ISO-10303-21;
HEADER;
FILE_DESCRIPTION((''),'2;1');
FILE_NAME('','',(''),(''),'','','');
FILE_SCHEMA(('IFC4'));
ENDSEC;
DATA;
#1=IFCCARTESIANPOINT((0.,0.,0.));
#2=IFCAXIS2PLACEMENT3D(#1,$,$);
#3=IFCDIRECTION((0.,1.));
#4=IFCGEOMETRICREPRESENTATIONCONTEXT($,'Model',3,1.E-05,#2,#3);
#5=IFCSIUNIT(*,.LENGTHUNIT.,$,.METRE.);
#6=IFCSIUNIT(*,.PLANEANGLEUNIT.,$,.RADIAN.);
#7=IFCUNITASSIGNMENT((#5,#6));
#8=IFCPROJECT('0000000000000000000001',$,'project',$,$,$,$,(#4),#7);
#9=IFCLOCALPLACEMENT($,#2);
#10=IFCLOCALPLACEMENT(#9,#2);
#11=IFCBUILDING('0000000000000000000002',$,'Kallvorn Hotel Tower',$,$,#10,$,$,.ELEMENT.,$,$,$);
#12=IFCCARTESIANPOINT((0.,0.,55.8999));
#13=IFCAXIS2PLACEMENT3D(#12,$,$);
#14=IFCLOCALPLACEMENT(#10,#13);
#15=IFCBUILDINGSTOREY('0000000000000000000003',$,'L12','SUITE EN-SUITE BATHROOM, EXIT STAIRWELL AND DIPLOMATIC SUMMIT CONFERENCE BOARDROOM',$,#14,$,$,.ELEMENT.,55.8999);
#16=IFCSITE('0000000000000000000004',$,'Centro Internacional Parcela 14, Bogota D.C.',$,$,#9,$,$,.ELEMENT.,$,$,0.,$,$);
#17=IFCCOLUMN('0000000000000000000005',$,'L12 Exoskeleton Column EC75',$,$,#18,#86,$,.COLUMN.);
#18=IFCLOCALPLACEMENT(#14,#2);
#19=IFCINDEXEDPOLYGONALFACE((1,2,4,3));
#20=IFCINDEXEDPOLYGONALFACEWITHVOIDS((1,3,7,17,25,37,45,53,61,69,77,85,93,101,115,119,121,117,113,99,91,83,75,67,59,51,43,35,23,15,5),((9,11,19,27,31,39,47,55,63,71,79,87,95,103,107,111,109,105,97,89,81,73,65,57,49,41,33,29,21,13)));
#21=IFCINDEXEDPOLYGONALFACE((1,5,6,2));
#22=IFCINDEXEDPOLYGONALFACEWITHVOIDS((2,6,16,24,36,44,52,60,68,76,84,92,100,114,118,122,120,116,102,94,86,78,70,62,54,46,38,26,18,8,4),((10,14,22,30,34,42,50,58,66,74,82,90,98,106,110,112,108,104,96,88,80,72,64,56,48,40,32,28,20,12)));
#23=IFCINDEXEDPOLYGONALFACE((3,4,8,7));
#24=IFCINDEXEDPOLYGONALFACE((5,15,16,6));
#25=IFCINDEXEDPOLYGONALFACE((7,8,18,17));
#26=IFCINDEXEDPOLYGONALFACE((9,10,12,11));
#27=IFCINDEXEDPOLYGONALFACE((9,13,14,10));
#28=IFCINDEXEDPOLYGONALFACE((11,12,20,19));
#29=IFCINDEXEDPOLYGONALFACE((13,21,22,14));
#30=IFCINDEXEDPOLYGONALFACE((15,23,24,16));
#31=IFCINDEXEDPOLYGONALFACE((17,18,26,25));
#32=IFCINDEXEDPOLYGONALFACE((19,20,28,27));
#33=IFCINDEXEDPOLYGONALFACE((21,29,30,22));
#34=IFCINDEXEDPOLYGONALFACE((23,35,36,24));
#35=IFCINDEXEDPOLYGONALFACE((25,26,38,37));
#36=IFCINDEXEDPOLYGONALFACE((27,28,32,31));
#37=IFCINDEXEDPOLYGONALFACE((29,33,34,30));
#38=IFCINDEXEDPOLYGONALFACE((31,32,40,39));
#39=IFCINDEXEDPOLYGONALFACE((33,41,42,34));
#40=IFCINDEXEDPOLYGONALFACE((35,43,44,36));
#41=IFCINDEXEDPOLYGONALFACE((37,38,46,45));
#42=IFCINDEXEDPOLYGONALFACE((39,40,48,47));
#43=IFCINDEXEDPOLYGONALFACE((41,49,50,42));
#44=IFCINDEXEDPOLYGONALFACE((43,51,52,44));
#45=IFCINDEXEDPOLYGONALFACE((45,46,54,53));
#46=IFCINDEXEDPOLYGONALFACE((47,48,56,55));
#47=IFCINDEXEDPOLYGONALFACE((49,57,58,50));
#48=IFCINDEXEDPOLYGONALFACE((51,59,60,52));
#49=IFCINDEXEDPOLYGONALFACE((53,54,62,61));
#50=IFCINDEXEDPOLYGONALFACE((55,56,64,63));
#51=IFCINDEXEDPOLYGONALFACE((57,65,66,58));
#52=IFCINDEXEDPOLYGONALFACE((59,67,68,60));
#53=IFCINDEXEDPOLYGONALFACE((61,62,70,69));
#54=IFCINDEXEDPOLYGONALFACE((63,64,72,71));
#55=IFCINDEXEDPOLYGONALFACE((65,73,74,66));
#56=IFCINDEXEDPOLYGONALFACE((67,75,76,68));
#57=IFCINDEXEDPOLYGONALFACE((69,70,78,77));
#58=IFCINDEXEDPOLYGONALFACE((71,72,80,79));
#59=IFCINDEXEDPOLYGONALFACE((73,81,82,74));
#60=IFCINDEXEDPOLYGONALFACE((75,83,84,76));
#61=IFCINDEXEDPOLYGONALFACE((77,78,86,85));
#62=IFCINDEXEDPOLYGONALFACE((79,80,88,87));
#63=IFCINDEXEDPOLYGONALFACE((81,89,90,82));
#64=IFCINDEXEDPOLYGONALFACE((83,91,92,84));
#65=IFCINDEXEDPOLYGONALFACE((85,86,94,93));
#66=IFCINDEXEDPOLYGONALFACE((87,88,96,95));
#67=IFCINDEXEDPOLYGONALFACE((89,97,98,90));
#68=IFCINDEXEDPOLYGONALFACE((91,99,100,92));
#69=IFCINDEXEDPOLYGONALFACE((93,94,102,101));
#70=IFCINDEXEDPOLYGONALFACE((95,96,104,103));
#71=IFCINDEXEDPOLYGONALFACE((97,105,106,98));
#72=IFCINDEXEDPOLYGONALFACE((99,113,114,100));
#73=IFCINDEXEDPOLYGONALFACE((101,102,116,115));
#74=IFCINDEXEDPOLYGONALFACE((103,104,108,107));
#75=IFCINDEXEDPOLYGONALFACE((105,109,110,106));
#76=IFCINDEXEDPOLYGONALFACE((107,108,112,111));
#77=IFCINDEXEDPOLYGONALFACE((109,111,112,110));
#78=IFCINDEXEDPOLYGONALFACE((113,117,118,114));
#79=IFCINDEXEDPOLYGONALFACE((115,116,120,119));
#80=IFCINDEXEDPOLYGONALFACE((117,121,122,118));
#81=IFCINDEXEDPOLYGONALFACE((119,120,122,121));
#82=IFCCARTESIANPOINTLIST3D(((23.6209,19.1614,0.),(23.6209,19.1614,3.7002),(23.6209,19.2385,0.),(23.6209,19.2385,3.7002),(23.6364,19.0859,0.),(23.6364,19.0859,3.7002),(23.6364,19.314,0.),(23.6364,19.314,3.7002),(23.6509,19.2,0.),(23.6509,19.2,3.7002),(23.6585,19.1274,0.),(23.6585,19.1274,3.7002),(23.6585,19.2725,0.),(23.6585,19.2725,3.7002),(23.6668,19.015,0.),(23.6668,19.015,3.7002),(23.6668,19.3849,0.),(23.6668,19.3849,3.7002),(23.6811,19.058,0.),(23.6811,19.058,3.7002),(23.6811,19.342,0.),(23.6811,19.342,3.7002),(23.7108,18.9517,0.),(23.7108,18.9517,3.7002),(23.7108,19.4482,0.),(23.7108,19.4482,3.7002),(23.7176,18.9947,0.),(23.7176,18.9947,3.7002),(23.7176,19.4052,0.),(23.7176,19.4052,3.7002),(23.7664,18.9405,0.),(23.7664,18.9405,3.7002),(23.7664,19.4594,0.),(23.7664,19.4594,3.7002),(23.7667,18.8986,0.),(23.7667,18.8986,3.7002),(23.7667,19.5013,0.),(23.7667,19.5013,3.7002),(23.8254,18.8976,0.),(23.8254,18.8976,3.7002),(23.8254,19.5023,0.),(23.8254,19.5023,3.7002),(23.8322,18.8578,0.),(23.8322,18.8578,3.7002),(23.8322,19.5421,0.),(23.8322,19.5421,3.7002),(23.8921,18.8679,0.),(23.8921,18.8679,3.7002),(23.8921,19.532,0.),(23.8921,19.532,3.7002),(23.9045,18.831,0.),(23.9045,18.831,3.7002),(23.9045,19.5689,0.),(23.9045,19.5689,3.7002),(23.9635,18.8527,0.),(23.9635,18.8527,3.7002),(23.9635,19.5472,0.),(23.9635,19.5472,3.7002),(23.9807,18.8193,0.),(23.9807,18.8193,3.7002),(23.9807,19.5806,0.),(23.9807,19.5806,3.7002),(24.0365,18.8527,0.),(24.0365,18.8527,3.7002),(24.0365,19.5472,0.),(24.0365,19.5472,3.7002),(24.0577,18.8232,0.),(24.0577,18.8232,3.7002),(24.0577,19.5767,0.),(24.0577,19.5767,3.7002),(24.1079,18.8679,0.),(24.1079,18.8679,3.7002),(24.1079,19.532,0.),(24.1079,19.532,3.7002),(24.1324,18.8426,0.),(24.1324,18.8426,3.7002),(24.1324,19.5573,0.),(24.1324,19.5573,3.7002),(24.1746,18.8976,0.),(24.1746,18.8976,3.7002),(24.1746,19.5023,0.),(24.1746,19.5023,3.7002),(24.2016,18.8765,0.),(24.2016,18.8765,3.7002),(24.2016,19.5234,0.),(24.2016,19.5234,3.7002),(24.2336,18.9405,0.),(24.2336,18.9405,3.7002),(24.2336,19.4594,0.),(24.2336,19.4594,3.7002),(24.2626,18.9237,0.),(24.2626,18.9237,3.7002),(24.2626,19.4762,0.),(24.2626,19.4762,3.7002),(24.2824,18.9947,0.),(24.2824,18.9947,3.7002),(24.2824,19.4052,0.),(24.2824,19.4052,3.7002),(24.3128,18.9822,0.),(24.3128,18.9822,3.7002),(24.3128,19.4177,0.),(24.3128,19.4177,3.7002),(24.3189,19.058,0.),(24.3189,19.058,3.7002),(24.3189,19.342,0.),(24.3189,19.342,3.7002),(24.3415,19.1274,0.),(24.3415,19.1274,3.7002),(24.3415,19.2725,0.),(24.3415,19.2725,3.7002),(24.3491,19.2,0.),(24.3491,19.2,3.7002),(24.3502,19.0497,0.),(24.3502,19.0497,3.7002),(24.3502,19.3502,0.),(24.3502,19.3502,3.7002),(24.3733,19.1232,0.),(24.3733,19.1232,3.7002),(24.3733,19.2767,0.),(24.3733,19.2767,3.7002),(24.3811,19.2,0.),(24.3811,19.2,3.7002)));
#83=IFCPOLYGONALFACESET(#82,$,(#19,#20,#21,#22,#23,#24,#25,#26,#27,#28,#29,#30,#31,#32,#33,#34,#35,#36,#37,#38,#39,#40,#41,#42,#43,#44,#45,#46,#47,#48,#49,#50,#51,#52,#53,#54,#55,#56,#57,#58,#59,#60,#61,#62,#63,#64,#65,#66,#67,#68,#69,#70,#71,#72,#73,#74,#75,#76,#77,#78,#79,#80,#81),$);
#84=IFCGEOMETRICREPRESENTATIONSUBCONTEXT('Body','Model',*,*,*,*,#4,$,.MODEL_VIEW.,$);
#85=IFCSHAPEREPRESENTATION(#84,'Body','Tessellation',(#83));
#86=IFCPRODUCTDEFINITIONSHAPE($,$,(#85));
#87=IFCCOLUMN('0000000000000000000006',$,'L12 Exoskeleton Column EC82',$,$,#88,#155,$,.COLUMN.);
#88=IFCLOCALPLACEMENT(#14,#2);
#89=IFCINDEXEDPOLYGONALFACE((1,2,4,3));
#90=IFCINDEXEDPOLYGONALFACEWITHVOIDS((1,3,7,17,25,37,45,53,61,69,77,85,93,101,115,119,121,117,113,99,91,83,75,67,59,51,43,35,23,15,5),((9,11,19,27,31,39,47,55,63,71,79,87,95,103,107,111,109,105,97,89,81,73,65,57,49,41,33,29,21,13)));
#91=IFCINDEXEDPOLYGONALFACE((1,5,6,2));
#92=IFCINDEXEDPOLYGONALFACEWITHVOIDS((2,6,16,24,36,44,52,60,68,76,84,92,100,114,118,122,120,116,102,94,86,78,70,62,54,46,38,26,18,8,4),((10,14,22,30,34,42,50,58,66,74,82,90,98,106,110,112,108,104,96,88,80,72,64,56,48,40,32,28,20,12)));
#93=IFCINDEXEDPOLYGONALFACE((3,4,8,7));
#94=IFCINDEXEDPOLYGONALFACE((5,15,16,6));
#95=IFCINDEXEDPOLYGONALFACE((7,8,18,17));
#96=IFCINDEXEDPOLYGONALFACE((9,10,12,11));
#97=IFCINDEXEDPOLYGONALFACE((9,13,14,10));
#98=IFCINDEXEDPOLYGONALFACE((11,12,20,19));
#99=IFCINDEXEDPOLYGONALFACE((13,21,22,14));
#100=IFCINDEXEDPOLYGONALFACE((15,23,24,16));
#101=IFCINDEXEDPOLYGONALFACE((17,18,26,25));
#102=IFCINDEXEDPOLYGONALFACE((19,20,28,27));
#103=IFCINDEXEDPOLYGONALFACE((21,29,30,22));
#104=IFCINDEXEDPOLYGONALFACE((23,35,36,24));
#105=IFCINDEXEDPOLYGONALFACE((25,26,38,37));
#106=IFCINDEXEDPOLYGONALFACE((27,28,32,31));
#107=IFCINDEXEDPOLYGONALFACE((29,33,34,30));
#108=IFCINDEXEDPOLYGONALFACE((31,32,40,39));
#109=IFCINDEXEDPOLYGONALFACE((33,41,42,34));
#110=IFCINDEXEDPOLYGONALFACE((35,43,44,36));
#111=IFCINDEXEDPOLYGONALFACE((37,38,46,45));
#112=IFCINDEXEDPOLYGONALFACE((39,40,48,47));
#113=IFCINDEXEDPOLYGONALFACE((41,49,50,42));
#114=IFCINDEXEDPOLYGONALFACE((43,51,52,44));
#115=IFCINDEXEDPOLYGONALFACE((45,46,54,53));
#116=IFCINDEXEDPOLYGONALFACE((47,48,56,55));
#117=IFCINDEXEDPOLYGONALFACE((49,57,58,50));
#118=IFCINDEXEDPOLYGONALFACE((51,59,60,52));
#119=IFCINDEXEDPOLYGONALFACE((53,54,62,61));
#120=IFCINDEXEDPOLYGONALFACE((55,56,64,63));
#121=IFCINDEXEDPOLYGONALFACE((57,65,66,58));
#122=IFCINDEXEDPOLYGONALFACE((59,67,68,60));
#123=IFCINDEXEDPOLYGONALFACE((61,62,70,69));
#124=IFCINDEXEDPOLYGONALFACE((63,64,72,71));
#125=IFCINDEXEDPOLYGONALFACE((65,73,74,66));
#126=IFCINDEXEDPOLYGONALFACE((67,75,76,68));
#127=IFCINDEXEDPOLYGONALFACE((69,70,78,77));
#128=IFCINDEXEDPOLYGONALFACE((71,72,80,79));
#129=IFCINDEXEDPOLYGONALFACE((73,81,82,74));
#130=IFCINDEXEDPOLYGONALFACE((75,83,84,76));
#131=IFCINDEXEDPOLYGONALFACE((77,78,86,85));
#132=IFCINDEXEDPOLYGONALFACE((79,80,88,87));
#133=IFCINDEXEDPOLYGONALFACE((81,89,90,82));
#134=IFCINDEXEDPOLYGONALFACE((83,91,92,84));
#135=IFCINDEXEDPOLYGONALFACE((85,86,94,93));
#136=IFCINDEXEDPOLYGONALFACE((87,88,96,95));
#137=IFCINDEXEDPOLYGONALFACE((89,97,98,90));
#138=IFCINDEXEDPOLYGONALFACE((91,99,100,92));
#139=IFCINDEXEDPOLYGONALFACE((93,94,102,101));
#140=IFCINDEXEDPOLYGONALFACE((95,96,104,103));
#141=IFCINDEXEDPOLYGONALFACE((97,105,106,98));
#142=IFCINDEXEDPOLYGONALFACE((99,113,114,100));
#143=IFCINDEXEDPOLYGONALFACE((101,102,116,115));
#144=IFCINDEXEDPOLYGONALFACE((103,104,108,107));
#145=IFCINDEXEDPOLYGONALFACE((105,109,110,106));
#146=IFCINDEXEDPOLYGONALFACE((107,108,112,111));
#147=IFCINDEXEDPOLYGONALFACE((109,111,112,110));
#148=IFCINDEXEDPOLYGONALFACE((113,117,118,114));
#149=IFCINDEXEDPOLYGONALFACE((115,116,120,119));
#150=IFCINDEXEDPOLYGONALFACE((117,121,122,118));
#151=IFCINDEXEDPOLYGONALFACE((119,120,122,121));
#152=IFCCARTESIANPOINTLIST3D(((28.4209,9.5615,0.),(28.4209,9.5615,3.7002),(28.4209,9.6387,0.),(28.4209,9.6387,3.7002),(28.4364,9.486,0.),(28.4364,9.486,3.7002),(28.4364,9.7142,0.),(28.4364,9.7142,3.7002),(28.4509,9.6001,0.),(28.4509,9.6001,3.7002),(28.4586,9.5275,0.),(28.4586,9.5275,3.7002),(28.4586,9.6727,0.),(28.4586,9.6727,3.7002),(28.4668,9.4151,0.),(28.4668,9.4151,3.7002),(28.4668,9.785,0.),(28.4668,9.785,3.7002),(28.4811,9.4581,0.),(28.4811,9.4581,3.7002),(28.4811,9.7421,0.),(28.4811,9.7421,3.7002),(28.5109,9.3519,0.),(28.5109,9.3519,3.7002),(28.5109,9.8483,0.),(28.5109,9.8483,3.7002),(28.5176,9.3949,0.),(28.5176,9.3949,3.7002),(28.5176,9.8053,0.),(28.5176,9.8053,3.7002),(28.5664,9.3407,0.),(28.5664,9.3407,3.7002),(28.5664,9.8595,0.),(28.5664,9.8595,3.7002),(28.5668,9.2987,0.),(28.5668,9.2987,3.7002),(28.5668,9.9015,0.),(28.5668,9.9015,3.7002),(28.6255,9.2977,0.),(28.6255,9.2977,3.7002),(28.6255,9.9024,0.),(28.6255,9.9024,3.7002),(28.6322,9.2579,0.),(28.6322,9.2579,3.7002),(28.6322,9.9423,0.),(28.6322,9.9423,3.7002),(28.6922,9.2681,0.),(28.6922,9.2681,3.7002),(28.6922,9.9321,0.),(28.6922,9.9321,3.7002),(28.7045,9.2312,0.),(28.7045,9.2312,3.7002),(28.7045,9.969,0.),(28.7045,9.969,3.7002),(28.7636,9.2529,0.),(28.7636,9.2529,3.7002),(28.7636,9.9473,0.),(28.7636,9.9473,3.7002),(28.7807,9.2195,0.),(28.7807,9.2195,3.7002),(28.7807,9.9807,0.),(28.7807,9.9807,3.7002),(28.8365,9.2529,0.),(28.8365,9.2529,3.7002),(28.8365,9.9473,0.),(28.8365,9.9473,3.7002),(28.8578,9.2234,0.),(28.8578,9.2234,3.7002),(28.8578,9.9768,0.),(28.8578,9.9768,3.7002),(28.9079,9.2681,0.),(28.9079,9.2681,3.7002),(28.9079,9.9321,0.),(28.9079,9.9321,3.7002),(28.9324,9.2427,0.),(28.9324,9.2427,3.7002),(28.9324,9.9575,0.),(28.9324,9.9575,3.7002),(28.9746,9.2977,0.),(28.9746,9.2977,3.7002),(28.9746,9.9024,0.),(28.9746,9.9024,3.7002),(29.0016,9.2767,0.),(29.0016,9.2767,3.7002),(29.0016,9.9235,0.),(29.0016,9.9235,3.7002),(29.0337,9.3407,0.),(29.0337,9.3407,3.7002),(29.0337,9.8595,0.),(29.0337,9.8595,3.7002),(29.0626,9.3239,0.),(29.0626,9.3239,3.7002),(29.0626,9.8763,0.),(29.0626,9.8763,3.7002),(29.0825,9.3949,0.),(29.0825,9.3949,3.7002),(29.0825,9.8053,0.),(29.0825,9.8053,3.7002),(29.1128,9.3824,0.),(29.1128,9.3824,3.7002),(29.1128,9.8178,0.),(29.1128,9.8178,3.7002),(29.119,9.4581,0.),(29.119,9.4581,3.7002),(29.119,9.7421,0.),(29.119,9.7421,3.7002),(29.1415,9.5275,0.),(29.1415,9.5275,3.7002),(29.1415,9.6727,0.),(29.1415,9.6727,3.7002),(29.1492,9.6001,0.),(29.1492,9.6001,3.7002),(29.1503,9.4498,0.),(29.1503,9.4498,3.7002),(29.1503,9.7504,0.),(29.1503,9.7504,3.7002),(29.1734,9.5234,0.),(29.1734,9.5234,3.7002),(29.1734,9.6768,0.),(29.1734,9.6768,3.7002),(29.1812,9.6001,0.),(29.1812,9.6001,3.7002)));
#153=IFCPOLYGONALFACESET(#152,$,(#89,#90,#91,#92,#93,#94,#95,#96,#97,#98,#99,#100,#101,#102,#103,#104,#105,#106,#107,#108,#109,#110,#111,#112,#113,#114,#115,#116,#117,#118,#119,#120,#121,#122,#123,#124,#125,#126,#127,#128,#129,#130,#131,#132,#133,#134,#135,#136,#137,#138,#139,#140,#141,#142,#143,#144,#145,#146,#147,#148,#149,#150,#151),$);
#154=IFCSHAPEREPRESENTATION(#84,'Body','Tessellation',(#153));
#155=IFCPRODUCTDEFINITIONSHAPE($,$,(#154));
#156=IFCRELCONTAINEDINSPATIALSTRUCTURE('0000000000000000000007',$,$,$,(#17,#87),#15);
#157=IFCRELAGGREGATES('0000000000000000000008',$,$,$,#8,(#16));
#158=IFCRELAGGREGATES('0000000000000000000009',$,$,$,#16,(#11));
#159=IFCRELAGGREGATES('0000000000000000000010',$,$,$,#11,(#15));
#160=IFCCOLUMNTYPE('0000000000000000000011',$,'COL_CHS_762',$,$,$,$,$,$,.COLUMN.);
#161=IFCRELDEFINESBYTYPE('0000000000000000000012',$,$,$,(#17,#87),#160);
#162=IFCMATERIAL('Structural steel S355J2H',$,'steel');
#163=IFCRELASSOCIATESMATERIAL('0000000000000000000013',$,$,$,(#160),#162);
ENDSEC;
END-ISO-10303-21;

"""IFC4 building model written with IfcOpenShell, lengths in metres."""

from ifc_helpers import new_model, si_unit, direction, frame, origin, origin_2d, place, context, subcontext, project, spatial, hollow_circle, extrude, material, material_profile, profile_set, type_object, element, save


model = new_model("IFC4")

# Units and contexts
model_context = context("Model", 3, precision=1e-05, world=origin(), true_north=direction((0.0, 1.0)))
body_context = subcontext(model_context, "Body", "Model", "MODEL_VIEW")
ifc_project = project(units=[si_unit("LENGTHUNIT", "METRE"), si_unit("PLANEANGLEUNIT", "RADIAN")], contexts=[model_context])

# Site, building, storey
site_placement = place(None, origin())
site = spatial("IfcSite", under=ifc_project, at=site_placement, Name="Centro Internacional Parcela 14, Bogota D.C.", CompositionType="ELEMENT", RefElevation=0.0)
building_placement = place(site_placement, origin())
building = spatial("IfcBuilding", under=site, at=building_placement, Name="Kallvorn Hotel Tower", CompositionType="ELEMENT")
storey_placement = place(building_placement, frame((0.0, 0.0, 55.8999)))
storey = spatial("IfcBuildingStorey", under=building, at=storey_placement, Name="L12", Description="SUITE EN-SUITE BATHROOM, EXIT STAIRWELL AND DIPLOMATIC SUMMIT CONFERENCE BOARDROOM", CompositionType="ELEMENT", Elevation=55.8999)

# Columns
ifc_material_1 = material(Name="Structural steel S355J2H", Category="steel")
ifc_material_profile_1 = material_profile(ifc_material_1, hollow_circle(Radius=0.3811, WallThickness=0.032, at=origin_2d()), Name="CHS 762x32")
ifc_profile_set_1 = profile_set([ifc_material_profile_1], Name="Structural steel S355J2H")
column_type_1 = type_object("IfcColumnType", Name="COL_CHS_762", PredefinedType="COLUMN", material=ifc_profile_set_1)
for number, where, z_axis, x_axis, name in (
    (1, (24.0, 19.2, 0.0), (0.0, 0.0, 1.0), (1.0, 0.0, 0.0), "L12 Exoskeleton Column EC75"),
    (2, (28.8, 9.6001, 0.0), (0.0, 0.0, 1.0), (1.0, 0.0, 0.0), "L12 Exoskeleton Column EC82"),
):
    element("IfcColumn", number, at=place(storey_placement, frame(where, z_axis=z_axis, x_axis=x_axis)), inside=storey, type_object=column_type_1, Name=name, PredefinedType="COLUMN", context=body_context, shape_type="SweptSolid", body=[
        extrude(hollow_circle(Radius=0.3811, WallThickness=0.032, at=origin_2d()), origin(), (0.0, 0.0, 1.0), 3.7002),
    ])

save(model, "model.ifc")
